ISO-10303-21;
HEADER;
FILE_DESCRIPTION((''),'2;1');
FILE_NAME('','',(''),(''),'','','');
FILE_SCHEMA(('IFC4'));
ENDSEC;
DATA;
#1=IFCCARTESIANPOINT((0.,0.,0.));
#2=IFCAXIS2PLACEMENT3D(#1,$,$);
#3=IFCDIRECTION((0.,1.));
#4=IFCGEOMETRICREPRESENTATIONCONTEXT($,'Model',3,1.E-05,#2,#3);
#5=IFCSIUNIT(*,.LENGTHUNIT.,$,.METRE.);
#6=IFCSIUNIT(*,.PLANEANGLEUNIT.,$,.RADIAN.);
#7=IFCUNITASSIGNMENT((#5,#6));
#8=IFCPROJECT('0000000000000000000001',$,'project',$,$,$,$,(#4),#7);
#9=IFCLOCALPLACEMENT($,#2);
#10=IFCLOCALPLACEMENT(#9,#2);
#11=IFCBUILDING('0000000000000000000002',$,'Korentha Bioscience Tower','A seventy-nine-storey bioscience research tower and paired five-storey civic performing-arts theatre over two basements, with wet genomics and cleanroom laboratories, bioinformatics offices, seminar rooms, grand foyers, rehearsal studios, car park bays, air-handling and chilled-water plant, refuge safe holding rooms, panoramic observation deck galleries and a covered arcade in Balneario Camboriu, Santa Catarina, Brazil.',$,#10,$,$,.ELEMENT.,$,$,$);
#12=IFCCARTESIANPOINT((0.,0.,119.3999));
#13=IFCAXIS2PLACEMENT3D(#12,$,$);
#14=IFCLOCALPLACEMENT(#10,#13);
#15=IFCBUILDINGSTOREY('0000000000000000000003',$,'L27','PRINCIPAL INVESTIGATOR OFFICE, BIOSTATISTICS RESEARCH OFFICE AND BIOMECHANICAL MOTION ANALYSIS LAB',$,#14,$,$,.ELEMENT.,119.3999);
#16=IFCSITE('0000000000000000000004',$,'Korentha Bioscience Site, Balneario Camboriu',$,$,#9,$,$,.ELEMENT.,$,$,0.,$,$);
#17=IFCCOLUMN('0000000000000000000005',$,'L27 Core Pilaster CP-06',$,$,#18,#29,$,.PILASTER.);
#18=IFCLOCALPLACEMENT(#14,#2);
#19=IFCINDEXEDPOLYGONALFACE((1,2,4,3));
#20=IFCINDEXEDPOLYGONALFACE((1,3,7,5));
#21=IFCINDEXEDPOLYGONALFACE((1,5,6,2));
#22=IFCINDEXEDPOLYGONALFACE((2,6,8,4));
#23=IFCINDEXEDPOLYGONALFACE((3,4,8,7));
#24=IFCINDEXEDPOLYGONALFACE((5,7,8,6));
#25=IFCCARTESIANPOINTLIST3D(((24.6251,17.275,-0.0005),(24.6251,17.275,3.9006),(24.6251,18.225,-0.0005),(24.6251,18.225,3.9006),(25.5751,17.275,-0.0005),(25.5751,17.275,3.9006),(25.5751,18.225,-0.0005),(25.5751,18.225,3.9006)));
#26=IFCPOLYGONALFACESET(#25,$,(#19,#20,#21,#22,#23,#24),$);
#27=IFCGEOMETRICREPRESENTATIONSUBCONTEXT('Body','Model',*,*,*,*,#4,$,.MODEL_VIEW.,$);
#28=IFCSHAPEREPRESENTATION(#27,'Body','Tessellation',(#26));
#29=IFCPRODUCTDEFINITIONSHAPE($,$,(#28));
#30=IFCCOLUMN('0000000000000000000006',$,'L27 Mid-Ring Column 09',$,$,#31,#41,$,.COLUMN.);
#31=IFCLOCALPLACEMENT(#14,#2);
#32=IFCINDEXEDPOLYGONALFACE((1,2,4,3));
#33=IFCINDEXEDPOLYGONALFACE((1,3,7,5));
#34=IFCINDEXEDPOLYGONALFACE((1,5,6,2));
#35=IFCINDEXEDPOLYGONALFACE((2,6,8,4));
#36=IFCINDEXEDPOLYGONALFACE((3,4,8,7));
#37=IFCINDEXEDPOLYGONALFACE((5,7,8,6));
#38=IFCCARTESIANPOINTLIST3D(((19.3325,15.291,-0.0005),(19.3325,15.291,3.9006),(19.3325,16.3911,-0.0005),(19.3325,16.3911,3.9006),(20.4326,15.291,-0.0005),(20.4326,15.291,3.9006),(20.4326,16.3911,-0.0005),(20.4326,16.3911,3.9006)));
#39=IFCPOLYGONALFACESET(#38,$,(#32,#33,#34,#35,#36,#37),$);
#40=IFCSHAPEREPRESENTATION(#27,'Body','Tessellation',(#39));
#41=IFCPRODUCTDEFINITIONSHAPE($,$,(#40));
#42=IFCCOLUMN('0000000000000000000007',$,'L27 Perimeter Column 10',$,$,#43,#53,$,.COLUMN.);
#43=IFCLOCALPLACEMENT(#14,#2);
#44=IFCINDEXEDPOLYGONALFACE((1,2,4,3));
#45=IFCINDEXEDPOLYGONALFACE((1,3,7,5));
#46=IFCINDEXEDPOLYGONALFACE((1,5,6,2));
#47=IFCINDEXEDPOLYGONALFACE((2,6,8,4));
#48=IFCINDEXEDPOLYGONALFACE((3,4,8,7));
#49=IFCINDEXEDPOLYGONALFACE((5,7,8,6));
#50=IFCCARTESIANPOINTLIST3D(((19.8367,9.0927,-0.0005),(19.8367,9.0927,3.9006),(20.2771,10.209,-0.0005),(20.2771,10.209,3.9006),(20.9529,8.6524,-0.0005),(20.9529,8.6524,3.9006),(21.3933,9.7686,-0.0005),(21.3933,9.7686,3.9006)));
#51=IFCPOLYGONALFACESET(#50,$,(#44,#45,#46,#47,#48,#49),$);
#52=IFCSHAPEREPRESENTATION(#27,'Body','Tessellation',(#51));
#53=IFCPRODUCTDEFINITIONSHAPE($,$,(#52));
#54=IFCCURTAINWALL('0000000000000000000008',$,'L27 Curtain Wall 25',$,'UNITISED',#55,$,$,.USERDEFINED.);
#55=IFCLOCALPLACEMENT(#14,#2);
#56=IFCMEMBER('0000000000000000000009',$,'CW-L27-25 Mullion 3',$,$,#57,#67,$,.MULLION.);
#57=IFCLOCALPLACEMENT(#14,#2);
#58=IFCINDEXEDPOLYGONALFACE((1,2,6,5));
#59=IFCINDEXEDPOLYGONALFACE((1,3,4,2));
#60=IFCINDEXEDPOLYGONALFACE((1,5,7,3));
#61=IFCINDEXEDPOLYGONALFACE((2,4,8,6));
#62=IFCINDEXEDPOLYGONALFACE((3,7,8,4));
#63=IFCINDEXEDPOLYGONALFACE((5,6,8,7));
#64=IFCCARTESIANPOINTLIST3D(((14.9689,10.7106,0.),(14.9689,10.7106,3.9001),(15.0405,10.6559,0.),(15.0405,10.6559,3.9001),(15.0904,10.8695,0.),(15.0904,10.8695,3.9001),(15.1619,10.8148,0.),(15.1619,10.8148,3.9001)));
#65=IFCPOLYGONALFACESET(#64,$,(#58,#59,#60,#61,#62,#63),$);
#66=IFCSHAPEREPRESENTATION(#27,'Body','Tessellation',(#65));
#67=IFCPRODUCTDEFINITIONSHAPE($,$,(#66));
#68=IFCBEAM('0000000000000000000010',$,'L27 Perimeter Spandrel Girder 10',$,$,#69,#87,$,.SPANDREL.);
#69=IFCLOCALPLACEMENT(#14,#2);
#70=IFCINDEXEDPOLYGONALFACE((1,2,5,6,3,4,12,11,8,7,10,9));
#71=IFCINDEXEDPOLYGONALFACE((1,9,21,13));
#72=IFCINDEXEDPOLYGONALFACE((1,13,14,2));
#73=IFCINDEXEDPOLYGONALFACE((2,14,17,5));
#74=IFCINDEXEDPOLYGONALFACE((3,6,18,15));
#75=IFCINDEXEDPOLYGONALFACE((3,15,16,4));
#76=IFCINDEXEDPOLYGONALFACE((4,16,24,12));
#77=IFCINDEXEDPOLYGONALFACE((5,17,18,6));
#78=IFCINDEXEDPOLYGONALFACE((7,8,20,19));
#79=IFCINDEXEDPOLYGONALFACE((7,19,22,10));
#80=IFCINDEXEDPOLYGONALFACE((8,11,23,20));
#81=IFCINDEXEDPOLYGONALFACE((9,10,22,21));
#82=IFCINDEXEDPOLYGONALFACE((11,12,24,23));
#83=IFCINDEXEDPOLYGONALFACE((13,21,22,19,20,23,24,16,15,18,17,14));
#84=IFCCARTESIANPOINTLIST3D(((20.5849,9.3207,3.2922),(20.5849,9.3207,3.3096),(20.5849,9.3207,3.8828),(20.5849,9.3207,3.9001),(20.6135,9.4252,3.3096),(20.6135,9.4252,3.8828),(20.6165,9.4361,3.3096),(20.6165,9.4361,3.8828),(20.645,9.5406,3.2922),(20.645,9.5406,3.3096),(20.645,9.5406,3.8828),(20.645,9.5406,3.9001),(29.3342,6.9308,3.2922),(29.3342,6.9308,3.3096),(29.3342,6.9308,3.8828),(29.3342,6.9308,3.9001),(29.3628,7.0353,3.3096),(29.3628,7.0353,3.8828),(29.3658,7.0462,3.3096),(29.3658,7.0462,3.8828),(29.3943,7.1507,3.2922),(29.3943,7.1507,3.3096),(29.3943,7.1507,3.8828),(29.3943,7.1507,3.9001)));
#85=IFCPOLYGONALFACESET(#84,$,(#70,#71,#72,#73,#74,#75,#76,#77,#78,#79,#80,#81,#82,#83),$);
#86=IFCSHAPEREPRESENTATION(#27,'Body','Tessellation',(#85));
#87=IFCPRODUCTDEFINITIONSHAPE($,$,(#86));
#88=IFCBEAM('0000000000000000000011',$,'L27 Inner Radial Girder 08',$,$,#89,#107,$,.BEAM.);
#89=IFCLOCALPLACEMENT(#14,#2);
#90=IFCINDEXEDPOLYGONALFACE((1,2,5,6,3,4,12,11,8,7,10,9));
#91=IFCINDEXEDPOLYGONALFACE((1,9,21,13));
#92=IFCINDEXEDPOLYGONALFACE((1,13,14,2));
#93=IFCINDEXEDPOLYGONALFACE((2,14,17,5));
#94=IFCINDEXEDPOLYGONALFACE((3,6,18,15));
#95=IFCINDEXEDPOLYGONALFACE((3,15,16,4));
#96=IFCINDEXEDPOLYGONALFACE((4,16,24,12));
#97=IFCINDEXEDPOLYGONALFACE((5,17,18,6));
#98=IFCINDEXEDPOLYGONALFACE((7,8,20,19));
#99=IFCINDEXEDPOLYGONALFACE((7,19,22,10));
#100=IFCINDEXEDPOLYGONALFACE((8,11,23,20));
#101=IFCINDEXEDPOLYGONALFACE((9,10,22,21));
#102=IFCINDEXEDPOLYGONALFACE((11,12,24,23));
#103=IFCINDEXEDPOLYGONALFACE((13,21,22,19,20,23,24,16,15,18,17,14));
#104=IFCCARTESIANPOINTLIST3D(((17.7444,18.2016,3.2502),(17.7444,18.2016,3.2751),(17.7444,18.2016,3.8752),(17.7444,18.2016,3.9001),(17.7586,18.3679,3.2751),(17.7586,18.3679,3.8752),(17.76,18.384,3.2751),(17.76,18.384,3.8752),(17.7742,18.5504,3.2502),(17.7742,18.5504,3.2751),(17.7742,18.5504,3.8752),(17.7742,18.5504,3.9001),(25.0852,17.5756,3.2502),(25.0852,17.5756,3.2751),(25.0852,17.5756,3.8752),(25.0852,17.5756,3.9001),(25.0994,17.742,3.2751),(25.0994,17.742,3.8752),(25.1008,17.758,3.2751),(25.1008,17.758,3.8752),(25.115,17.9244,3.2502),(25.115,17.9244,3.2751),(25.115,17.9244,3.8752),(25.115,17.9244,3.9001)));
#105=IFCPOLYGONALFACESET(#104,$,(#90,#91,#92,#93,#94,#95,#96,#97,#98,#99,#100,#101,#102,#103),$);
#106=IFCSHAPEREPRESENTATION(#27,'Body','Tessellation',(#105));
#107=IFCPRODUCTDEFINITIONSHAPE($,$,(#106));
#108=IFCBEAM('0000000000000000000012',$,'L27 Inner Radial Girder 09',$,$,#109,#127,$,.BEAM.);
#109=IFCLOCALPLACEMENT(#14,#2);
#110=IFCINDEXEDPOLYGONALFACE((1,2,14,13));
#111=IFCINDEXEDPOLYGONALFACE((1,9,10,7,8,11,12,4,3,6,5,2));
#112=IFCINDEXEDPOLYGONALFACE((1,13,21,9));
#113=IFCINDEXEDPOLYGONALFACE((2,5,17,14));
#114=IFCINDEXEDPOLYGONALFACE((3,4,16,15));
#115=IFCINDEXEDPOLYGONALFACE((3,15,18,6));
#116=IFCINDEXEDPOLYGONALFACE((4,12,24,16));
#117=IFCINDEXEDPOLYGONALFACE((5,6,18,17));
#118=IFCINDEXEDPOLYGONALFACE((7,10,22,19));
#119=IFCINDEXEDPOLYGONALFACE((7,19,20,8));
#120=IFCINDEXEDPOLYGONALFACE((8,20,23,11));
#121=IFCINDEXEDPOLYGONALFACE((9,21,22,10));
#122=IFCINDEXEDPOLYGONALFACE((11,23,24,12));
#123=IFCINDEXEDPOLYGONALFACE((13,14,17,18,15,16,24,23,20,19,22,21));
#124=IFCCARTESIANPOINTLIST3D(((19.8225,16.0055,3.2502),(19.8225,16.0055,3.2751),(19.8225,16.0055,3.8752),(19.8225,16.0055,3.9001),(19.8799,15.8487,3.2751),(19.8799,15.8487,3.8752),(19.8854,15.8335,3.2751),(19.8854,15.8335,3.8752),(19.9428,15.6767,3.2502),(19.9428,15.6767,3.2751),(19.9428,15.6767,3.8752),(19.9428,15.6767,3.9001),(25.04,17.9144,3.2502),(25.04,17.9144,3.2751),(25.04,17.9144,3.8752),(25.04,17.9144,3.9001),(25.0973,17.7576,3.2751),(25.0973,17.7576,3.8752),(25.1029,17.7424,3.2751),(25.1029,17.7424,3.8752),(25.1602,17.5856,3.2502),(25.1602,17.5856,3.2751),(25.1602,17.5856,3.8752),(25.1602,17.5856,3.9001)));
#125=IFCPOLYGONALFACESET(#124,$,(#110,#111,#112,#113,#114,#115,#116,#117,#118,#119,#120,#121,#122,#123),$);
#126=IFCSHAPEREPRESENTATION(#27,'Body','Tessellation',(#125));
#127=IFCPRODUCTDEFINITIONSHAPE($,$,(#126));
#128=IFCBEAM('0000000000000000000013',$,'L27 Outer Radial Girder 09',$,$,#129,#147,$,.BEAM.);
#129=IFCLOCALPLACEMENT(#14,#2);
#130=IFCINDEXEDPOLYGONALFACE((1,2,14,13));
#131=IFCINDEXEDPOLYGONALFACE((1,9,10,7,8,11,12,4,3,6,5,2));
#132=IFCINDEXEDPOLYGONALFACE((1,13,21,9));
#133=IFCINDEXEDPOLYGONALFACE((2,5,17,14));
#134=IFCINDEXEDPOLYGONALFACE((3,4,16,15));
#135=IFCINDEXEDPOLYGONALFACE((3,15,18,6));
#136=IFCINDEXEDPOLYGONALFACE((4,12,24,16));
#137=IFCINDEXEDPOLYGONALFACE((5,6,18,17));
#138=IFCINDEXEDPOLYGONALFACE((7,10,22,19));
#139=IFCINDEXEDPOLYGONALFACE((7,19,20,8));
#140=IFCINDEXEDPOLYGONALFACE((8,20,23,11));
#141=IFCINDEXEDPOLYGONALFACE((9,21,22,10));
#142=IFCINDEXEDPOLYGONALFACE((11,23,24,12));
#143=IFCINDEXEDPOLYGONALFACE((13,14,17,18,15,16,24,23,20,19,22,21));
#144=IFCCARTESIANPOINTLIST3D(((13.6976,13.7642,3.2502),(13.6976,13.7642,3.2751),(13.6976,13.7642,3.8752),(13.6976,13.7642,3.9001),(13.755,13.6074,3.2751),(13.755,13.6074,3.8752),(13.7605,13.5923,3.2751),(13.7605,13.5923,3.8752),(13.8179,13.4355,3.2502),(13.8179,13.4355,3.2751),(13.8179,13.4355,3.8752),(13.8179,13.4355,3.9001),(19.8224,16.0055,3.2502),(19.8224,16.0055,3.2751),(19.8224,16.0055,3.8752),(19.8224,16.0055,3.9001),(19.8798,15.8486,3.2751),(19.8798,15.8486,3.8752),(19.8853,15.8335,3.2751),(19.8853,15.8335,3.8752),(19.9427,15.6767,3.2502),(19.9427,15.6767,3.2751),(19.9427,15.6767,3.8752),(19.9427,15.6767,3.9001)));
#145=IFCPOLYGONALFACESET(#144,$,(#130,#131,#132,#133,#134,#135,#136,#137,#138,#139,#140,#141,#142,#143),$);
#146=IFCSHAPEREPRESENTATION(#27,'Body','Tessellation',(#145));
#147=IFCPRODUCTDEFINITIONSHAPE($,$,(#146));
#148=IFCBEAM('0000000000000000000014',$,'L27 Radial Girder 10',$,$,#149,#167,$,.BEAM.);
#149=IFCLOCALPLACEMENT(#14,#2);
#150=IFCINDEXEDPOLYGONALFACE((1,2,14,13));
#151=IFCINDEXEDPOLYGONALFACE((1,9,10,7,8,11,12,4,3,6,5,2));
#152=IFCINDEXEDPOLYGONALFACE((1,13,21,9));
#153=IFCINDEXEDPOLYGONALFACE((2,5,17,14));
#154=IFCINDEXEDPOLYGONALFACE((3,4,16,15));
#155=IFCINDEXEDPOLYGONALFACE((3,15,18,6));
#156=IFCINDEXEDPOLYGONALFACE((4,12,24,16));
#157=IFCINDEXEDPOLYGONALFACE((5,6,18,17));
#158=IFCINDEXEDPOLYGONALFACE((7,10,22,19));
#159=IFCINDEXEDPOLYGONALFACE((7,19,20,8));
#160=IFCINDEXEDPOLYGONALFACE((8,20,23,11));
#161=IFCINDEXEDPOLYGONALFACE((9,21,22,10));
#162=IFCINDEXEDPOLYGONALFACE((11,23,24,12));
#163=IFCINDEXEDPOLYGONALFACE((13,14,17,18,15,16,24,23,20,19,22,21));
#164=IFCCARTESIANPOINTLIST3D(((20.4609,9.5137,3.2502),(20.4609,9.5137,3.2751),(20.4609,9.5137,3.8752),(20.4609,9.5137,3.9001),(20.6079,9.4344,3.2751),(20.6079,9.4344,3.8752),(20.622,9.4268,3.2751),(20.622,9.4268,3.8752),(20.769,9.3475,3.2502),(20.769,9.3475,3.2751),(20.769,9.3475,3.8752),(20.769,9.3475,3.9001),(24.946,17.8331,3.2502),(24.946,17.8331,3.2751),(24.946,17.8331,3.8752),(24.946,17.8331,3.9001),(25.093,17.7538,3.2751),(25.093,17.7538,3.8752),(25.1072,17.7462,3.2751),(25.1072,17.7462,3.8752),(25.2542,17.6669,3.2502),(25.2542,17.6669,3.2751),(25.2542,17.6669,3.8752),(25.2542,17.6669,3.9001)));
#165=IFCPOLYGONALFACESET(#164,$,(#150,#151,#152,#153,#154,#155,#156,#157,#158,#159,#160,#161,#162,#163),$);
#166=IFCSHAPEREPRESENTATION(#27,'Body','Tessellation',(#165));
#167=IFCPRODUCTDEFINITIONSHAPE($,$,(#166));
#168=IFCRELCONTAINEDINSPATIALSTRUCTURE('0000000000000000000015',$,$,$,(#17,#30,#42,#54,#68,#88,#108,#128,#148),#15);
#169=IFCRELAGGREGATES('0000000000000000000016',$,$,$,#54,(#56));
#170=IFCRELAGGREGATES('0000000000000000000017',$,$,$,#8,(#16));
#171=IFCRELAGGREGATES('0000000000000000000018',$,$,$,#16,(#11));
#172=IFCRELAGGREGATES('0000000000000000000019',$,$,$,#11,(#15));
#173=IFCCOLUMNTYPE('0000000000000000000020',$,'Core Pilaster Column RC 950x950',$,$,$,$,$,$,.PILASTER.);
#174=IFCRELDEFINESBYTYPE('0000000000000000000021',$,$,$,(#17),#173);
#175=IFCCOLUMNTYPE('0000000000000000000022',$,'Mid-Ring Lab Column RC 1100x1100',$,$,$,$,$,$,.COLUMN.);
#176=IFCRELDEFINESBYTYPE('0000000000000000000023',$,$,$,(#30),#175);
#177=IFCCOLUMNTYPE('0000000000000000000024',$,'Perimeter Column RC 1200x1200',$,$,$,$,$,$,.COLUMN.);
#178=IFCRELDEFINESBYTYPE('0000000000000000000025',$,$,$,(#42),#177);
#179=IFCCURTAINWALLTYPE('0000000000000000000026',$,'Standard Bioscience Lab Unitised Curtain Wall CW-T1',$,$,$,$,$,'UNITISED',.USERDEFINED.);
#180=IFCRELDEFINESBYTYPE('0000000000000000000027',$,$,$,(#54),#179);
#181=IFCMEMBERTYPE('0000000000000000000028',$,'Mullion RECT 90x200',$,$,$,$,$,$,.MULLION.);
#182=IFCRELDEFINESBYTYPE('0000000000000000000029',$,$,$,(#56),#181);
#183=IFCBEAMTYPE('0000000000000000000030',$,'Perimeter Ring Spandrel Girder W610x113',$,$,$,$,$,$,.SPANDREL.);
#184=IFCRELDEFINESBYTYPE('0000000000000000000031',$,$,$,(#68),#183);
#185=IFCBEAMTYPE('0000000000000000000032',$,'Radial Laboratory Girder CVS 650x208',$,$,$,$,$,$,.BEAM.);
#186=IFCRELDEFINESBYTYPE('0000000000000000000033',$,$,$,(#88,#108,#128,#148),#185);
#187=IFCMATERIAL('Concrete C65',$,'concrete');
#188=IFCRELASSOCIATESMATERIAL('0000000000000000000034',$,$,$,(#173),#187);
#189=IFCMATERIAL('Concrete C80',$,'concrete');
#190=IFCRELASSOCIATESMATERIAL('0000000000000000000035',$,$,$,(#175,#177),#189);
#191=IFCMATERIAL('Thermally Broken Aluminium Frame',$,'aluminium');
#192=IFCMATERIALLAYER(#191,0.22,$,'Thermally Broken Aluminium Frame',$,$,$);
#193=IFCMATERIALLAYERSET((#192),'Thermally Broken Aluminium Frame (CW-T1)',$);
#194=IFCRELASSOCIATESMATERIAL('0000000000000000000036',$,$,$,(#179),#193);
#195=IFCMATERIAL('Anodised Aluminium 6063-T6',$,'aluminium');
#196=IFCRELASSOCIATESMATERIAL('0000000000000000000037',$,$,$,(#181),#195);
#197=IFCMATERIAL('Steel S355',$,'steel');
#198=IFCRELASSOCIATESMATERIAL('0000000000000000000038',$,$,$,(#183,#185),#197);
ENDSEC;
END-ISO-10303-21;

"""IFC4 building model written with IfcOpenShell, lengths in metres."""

from ifc_helpers import new_model, si_unit, direction, frame, origin, origin_2d, place, context, subcontext, project, spatial, rectangle, i_section, extrude, material, layer, layer_set, material_profile, profile_set, type_object, element, aggregate, save


model = new_model("IFC4")

# Units and contexts
model_context = context("Model", 3, precision=1e-05, world=origin(), true_north=direction((0.0, 1.0)))
body_context = subcontext(model_context, "Body", "Model", "MODEL_VIEW")
ifc_project = project(units=[si_unit("LENGTHUNIT", "METRE"), si_unit("PLANEANGLEUNIT", "RADIAN")], contexts=[model_context])

# Site, building, storey
site_placement = place(None, origin())
site = spatial("IfcSite", under=ifc_project, at=site_placement, Name="Korentha Bioscience Site, Balneario Camboriu", CompositionType="ELEMENT", RefElevation=0.0)
building_placement = place(site_placement, origin())
building = spatial("IfcBuilding", under=site, at=building_placement, Name="Korentha Bioscience Tower", Description="A seventy-nine-storey bioscience research tower and paired five-storey civic performing-arts theatre over two basements, with wet genomics and cleanroom laboratories, bioinformatics offices, seminar rooms, grand foyers, rehearsal studios, car park bays, air-handling and chilled-water plant, refuge safe holding rooms, panoramic observation deck galleries and a covered arcade in Balneario Camboriu, Santa Catarina, Brazil.", CompositionType="ELEMENT")
storey_placement = place(building_placement, frame((0.0, 0.0, 119.3999)))
storey = spatial("IfcBuildingStorey", under=building, at=storey_placement, Name="L27", Description="PRINCIPAL INVESTIGATOR OFFICE, BIOSTATISTICS RESEARCH OFFICE AND BIOMECHANICAL MOTION ANALYSIS LAB", CompositionType="ELEMENT", Elevation=119.3999)

# Columns
ifc_material_1 = material(Name="Concrete C65", Category="concrete")
ifc_material_profile_1 = material_profile(ifc_material_1, rectangle(XDim=0.95, YDim=0.95, at=origin_2d()), Name="Concrete C65")
ifc_profile_set_1 = profile_set([ifc_material_profile_1], Name="Concrete C65 (COL-CP09)")
column_type_1 = type_object("IfcColumnType", Name="Core Pilaster Column RC 950x950", PredefinedType="PILASTER", material=ifc_profile_set_1)
column_1_placement = place(storey_placement, frame((25.1001, 17.75, -0.0005), z_axis=(0.0, 0.0, 1.0), x_axis=(1.0, 0.0, 0.0)))
element("IfcColumn", 1, at=column_1_placement, inside=storey, type_object=column_type_1, Name="L27 Core Pilaster CP-06", PredefinedType="PILASTER", context=body_context, shape_type="SweptSolid", body=[
    extrude(rectangle(XDim=0.95, YDim=0.95, at=origin_2d()), origin(), (0.0, 0.0, 1.0), 3.9011),
])
ifc_material_2 = material(Name="Concrete C80", Category="concrete")
ifc_material_profile_2 = material_profile(ifc_material_2, rectangle(XDim=1.1001, YDim=1.1001, at=origin_2d()), Name="Concrete C80")
ifc_profile_set_2 = profile_set([ifc_material_profile_2], Name="Concrete C80 (COL-MR11)")
column_type_2 = type_object("IfcColumnType", Name="Mid-Ring Lab Column RC 1100x1100", PredefinedType="COLUMN", material=ifc_profile_set_2)
column_2_placement = place(storey_placement, frame((19.8826, 15.8411, -0.0005), z_axis=(0.0, 0.0, 1.0), x_axis=(1.0, 0.0, 0.0)))
element("IfcColumn", 2, at=column_2_placement, inside=storey, type_object=column_type_2, Name="L27 Mid-Ring Column 09", PredefinedType="COLUMN", context=body_context, shape_type="SweptSolid", body=[
    extrude(rectangle(XDim=1.1001, YDim=1.1001, at=origin_2d()), origin(), (0.0, 0.0, 1.0), 3.9011),
])
ifc_material_profile_3 = material_profile(ifc_material_2, rectangle(XDim=1.2, YDim=1.2, at=origin_2d()), Name="Concrete C80")
ifc_profile_set_3 = profile_set([ifc_material_profile_3], Name="Concrete C80 (COL-P12)")
column_type_3 = type_object("IfcColumnType", Name="Perimeter Column RC 1200x1200", PredefinedType="COLUMN", material=ifc_profile_set_3)
column_3_placement = place(storey_placement, frame((20.615, 9.4307, -0.0005), z_axis=(0.0, 0.0, 1.0), x_axis=(-0.930226, 0.366988, 0.0)))
element("IfcColumn", 3, at=column_3_placement, inside=storey, type_object=column_type_3, Name="L27 Perimeter Column 10", PredefinedType="COLUMN", context=body_context, shape_type="SweptSolid", body=[
    extrude(rectangle(XDim=1.2, YDim=1.2, at=origin_2d()), origin(), (0.0, 0.0, 1.0), 3.9011),
])

# Curtain wall, member
ifc_material_3 = material(Name="Thermally Broken Aluminium Frame", Category="aluminium")
ifc_layer_1 = layer(ifc_material_3, 0.22, Name="Thermally Broken Aluminium Frame")
ifc_layer_set_1 = layer_set([ifc_layer_1], Name="Thermally Broken Aluminium Frame (CW-T1)")
curtain_wall_type = type_object("IfcCurtainWallType", Name="Standard Bioscience Lab Unitised Curtain Wall CW-T1", ElementType="UNITISED", PredefinedType="USERDEFINED", material=ifc_layer_set_1)
curtain_wall_placement = place(storey_placement, origin())
curtain_wall = element("IfcCurtainWall", 4, at=curtain_wall_placement, inside=storey, type_object=curtain_wall_type, Name="L27 Curtain Wall 25", ObjectType="UNITISED", PredefinedType="USERDEFINED")
ifc_material_4 = material(Name="Anodised Aluminium 6063-T6", Category="aluminium")
ifc_material_profile_4 = material_profile(ifc_material_4, rectangle(XDim=0.0901, YDim=0.2, at=origin_2d()), Name="Anodised Aluminium 6063-T6")
ifc_profile_set_4 = profile_set([ifc_material_profile_4], Name="Anodised Aluminium 6063-T6 (CW-MUL)")
member_type = type_object("IfcMemberType", Name="Mullion RECT 90x200", PredefinedType="MULLION", material=ifc_profile_set_4)
member_placement = place(storey_placement, frame((15.0654, 10.7627, 0.0), z_axis=(0.0, 0.0, 1.0), x_axis=(0.7945, -0.607265, 0.0)))
member = element("IfcMember", 5, at=member_placement, type_object=member_type, Name="CW-L27-25 Mullion 3", PredefinedType="MULLION", context=body_context, shape_type="SweptSolid", body=[
    extrude(rectangle(XDim=0.0901, YDim=0.2, at=origin_2d()), origin(), (0.0, 0.0, 1.0), 3.9001),
])

# Beams
ifc_material_5 = material(Name="Steel S355", Category="steel")
ifc_material_profile_5 = material_profile(ifc_material_5, i_section(OverallWidth=0.228, OverallDepth=0.6079, WebThickness=0.0112, FlangeThickness=0.0173, at=origin_2d()), Name="Steel S355")
ifc_profile_set_5 = profile_set([ifc_material_profile_5], Name="Steel S355 (SB-610)")
beam_type_1 = type_object("IfcBeamType", Name="Perimeter Ring Spandrel Girder W610x113", PredefinedType="SPANDREL", material=ifc_profile_set_5)
beam_1_placement = place(storey_placement, frame((20.615, 9.4307, 3.5962), z_axis=(0.964659, -0.2635, 0.0), x_axis=(0.2635, 0.964659, 0.0)))
element("IfcBeam", 6, at=beam_1_placement, inside=storey, type_object=beam_type_1, Name="L27 Perimeter Spandrel Girder 10", PredefinedType="SPANDREL", context=body_context, shape_type="SweptSolid", body=[
    extrude(i_section(OverallWidth=0.228, OverallDepth=0.6079, WebThickness=0.0112, FlangeThickness=0.0173, at=origin_2d()), origin(), (0.0, 0.0, 1.0), 9.0698),
])
ifc_material_profile_6 = material_profile(ifc_material_5, i_section(OverallWidth=0.3501, OverallDepth=0.6499, WebThickness=0.0161, FlangeThickness=0.0249, at=origin_2d()), Name="Steel S355")
ifc_profile_set_6 = profile_set([ifc_material_profile_6], Name="Steel S355 (RB-650)")
beam_type_2 = type_object("IfcBeamType", Name="Radial Laboratory Girder CVS 650x208", PredefinedType="BEAM", material=ifc_profile_set_6)
beam_2_placement = place(storey_placement, frame((25.1001, 17.75, 3.5752), z_axis=(-0.996384, 0.084965, 0.0), x_axis=(-0.084965, -0.996384, 0.0)))
element("IfcBeam", 7, at=beam_2_placement, inside=storey, type_object=beam_type_2, Name="L27 Inner Radial Girder 08", PredefinedType="BEAM", context=body_context, shape_type="SweptSolid", body=[
    extrude(i_section(OverallWidth=0.3501, OverallDepth=0.6499, WebThickness=0.0161, FlangeThickness=0.0249, at=origin_2d()), origin(), (0.0, 0.0, 1.0), 7.3674),
])
beam_3_placement = place(storey_placement, frame((25.1001, 17.75, 3.5752), z_axis=(-0.939118, -0.343595, 0.0), x_axis=(0.343595, -0.939118, 0.0)))
element("IfcBeam", 8, at=beam_3_placement, inside=storey, type_object=beam_type_2, Name="L27 Inner Radial Girder 09", PredefinedType="BEAM", context=body_context, shape_type="SweptSolid", body=[
    extrude(i_section(OverallWidth=0.3501, OverallDepth=0.6499, WebThickness=0.0161, FlangeThickness=0.0249, at=origin_2d()), origin(), (0.0, 0.0, 1.0), 5.5557),
])
beam_4_placement = place(storey_placement, frame((19.8826, 15.8411, 3.5752), z_axis=(-0.939101, -0.343642, 0.0), x_axis=(0.343642, -0.939101, 0.0)))
element("IfcBeam", 9, at=beam_4_placement, inside=storey, type_object=beam_type_2, Name="L27 Outer Radial Girder 09", PredefinedType="BEAM", context=body_context, shape_type="SweptSolid", body=[
    extrude(i_section(OverallWidth=0.3501, OverallDepth=0.6499, WebThickness=0.0161, FlangeThickness=0.0249, at=origin_2d()), origin(), (0.0, 0.0, 1.0), 6.522),
])
beam_5_placement = place(storey_placement, frame((25.1001, 17.75, 3.5752), z_axis=(-0.474548, -0.88023, 0.0), x_axis=(0.88023, -0.474548, 0.0)))
element("IfcBeam", 10, at=beam_5_placement, inside=storey, type_object=beam_type_2, Name="L27 Radial Girder 10", PredefinedType="BEAM", context=body_context, shape_type="SweptSolid", body=[
    extrude(i_section(OverallWidth=0.3501, OverallDepth=0.6499, WebThickness=0.0161, FlangeThickness=0.0249, at=origin_2d()), origin(), (0.0, 0.0, 1.0), 9.4514),
])

aggregate(curtain_wall, [member])

save(model, "model.ifc")
